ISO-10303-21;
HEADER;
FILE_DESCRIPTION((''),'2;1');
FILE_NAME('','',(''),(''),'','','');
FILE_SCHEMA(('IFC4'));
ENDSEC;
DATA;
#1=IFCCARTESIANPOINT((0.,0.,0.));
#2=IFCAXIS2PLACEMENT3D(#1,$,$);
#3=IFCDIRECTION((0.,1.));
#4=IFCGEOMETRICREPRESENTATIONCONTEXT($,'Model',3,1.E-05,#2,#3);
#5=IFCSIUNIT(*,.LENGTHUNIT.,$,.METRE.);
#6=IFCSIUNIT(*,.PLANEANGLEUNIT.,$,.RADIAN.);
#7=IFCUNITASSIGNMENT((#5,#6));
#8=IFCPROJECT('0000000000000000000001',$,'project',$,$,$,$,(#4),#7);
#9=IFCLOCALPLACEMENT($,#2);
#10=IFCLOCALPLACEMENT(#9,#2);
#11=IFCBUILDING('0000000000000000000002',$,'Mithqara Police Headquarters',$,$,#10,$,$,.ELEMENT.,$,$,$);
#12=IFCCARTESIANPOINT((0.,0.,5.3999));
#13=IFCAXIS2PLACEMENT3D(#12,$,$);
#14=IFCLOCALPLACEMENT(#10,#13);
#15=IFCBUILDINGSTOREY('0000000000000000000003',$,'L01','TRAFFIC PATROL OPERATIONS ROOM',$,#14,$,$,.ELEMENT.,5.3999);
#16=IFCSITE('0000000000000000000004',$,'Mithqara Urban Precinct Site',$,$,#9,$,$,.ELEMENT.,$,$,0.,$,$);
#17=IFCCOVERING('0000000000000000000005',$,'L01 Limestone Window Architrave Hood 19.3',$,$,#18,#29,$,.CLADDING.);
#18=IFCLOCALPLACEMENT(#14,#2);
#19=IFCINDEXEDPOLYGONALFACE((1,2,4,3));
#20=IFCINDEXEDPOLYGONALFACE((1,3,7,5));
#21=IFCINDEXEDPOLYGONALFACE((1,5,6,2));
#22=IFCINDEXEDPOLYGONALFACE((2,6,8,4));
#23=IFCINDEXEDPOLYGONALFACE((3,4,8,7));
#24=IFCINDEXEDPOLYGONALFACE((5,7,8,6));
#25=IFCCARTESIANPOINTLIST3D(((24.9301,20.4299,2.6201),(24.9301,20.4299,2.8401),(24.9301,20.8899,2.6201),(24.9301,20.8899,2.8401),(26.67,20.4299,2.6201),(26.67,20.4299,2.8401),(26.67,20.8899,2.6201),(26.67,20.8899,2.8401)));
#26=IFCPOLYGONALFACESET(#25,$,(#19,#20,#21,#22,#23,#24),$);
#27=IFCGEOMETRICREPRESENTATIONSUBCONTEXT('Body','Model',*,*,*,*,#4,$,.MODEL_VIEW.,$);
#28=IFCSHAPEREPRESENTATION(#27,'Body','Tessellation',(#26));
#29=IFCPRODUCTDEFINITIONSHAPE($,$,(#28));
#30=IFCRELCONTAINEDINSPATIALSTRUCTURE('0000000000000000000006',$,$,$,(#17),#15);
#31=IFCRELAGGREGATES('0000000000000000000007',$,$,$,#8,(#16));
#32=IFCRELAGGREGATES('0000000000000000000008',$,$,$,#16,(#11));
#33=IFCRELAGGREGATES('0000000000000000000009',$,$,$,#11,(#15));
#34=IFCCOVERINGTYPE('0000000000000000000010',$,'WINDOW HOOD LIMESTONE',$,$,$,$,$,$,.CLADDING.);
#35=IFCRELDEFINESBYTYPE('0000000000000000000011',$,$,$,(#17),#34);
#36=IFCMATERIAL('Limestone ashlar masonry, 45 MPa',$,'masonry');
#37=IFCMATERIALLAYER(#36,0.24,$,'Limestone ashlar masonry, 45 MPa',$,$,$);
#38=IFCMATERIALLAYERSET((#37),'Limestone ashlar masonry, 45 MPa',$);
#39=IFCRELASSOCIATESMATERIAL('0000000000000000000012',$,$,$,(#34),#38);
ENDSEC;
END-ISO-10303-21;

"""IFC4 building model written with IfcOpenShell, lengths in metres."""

from ifc_helpers import new_model, si_unit, direction, frame, origin, origin_2d, place, context, subcontext, project, spatial, rectangle, extrude, material, layer, layer_set, type_object, element, save


model = new_model("IFC4")

# Units and contexts
model_context = context("Model", 3, precision=1e-05, world=origin(), true_north=direction((0.0, 1.0)))
body_context = subcontext(model_context, "Body", "Model", "MODEL_VIEW")
ifc_project = project(units=[si_unit("LENGTHUNIT", "METRE"), si_unit("PLANEANGLEUNIT", "RADIAN")], contexts=[model_context])

# Site, building, storey
site_placement = place(None, origin())
site = spatial("IfcSite", under=ifc_project, at=site_placement, Name="Mithqara Urban Precinct Site", CompositionType="ELEMENT", RefElevation=0.0)
building_placement = place(site_placement, origin())
building = spatial("IfcBuilding", under=site, at=building_placement, Name="Mithqara Police Headquarters", CompositionType="ELEMENT")
storey_placement = place(building_placement, frame((0.0, 0.0, 5.3999)))
storey = spatial("IfcBuildingStorey", under=building, at=storey_placement, Name="L01", Description="TRAFFIC PATROL OPERATIONS ROOM", CompositionType="ELEMENT", Elevation=5.3999)

# Covering
ifc_material_1 = material(Name="Limestone ashlar masonry, 45 MPa", Category="masonry")
ifc_layer_1 = layer(ifc_material_1, 0.24, Name="Limestone ashlar masonry, 45 MPa")
ifc_layer_set_1 = layer_set([ifc_layer_1], Name="Limestone ashlar masonry, 45 MPa")
covering_type_1 = type_object("IfcCoveringType", Name="WINDOW HOOD LIMESTONE", PredefinedType="CLADDING", material=ifc_layer_set_1)
covering_1_placement = place(storey_placement, frame((25.8, 20.6599, 2.6201), z_axis=(0.0, 0.0, 1.0), x_axis=(1.0, 0.0, 0.0)))
element("IfcCovering", 1, at=covering_1_placement, inside=storey, type_object=covering_type_1, Name="L01 Limestone Window Architrave Hood 19.3", PredefinedType="CLADDING", context=body_context, shape_type="SweptSolid", body=[
    extrude(rectangle(XDim=1.74, YDim=0.46, at=origin_2d()), origin(), (0.0, 0.0, 1.0), 0.22),
])

save(model, "model.ifc")
